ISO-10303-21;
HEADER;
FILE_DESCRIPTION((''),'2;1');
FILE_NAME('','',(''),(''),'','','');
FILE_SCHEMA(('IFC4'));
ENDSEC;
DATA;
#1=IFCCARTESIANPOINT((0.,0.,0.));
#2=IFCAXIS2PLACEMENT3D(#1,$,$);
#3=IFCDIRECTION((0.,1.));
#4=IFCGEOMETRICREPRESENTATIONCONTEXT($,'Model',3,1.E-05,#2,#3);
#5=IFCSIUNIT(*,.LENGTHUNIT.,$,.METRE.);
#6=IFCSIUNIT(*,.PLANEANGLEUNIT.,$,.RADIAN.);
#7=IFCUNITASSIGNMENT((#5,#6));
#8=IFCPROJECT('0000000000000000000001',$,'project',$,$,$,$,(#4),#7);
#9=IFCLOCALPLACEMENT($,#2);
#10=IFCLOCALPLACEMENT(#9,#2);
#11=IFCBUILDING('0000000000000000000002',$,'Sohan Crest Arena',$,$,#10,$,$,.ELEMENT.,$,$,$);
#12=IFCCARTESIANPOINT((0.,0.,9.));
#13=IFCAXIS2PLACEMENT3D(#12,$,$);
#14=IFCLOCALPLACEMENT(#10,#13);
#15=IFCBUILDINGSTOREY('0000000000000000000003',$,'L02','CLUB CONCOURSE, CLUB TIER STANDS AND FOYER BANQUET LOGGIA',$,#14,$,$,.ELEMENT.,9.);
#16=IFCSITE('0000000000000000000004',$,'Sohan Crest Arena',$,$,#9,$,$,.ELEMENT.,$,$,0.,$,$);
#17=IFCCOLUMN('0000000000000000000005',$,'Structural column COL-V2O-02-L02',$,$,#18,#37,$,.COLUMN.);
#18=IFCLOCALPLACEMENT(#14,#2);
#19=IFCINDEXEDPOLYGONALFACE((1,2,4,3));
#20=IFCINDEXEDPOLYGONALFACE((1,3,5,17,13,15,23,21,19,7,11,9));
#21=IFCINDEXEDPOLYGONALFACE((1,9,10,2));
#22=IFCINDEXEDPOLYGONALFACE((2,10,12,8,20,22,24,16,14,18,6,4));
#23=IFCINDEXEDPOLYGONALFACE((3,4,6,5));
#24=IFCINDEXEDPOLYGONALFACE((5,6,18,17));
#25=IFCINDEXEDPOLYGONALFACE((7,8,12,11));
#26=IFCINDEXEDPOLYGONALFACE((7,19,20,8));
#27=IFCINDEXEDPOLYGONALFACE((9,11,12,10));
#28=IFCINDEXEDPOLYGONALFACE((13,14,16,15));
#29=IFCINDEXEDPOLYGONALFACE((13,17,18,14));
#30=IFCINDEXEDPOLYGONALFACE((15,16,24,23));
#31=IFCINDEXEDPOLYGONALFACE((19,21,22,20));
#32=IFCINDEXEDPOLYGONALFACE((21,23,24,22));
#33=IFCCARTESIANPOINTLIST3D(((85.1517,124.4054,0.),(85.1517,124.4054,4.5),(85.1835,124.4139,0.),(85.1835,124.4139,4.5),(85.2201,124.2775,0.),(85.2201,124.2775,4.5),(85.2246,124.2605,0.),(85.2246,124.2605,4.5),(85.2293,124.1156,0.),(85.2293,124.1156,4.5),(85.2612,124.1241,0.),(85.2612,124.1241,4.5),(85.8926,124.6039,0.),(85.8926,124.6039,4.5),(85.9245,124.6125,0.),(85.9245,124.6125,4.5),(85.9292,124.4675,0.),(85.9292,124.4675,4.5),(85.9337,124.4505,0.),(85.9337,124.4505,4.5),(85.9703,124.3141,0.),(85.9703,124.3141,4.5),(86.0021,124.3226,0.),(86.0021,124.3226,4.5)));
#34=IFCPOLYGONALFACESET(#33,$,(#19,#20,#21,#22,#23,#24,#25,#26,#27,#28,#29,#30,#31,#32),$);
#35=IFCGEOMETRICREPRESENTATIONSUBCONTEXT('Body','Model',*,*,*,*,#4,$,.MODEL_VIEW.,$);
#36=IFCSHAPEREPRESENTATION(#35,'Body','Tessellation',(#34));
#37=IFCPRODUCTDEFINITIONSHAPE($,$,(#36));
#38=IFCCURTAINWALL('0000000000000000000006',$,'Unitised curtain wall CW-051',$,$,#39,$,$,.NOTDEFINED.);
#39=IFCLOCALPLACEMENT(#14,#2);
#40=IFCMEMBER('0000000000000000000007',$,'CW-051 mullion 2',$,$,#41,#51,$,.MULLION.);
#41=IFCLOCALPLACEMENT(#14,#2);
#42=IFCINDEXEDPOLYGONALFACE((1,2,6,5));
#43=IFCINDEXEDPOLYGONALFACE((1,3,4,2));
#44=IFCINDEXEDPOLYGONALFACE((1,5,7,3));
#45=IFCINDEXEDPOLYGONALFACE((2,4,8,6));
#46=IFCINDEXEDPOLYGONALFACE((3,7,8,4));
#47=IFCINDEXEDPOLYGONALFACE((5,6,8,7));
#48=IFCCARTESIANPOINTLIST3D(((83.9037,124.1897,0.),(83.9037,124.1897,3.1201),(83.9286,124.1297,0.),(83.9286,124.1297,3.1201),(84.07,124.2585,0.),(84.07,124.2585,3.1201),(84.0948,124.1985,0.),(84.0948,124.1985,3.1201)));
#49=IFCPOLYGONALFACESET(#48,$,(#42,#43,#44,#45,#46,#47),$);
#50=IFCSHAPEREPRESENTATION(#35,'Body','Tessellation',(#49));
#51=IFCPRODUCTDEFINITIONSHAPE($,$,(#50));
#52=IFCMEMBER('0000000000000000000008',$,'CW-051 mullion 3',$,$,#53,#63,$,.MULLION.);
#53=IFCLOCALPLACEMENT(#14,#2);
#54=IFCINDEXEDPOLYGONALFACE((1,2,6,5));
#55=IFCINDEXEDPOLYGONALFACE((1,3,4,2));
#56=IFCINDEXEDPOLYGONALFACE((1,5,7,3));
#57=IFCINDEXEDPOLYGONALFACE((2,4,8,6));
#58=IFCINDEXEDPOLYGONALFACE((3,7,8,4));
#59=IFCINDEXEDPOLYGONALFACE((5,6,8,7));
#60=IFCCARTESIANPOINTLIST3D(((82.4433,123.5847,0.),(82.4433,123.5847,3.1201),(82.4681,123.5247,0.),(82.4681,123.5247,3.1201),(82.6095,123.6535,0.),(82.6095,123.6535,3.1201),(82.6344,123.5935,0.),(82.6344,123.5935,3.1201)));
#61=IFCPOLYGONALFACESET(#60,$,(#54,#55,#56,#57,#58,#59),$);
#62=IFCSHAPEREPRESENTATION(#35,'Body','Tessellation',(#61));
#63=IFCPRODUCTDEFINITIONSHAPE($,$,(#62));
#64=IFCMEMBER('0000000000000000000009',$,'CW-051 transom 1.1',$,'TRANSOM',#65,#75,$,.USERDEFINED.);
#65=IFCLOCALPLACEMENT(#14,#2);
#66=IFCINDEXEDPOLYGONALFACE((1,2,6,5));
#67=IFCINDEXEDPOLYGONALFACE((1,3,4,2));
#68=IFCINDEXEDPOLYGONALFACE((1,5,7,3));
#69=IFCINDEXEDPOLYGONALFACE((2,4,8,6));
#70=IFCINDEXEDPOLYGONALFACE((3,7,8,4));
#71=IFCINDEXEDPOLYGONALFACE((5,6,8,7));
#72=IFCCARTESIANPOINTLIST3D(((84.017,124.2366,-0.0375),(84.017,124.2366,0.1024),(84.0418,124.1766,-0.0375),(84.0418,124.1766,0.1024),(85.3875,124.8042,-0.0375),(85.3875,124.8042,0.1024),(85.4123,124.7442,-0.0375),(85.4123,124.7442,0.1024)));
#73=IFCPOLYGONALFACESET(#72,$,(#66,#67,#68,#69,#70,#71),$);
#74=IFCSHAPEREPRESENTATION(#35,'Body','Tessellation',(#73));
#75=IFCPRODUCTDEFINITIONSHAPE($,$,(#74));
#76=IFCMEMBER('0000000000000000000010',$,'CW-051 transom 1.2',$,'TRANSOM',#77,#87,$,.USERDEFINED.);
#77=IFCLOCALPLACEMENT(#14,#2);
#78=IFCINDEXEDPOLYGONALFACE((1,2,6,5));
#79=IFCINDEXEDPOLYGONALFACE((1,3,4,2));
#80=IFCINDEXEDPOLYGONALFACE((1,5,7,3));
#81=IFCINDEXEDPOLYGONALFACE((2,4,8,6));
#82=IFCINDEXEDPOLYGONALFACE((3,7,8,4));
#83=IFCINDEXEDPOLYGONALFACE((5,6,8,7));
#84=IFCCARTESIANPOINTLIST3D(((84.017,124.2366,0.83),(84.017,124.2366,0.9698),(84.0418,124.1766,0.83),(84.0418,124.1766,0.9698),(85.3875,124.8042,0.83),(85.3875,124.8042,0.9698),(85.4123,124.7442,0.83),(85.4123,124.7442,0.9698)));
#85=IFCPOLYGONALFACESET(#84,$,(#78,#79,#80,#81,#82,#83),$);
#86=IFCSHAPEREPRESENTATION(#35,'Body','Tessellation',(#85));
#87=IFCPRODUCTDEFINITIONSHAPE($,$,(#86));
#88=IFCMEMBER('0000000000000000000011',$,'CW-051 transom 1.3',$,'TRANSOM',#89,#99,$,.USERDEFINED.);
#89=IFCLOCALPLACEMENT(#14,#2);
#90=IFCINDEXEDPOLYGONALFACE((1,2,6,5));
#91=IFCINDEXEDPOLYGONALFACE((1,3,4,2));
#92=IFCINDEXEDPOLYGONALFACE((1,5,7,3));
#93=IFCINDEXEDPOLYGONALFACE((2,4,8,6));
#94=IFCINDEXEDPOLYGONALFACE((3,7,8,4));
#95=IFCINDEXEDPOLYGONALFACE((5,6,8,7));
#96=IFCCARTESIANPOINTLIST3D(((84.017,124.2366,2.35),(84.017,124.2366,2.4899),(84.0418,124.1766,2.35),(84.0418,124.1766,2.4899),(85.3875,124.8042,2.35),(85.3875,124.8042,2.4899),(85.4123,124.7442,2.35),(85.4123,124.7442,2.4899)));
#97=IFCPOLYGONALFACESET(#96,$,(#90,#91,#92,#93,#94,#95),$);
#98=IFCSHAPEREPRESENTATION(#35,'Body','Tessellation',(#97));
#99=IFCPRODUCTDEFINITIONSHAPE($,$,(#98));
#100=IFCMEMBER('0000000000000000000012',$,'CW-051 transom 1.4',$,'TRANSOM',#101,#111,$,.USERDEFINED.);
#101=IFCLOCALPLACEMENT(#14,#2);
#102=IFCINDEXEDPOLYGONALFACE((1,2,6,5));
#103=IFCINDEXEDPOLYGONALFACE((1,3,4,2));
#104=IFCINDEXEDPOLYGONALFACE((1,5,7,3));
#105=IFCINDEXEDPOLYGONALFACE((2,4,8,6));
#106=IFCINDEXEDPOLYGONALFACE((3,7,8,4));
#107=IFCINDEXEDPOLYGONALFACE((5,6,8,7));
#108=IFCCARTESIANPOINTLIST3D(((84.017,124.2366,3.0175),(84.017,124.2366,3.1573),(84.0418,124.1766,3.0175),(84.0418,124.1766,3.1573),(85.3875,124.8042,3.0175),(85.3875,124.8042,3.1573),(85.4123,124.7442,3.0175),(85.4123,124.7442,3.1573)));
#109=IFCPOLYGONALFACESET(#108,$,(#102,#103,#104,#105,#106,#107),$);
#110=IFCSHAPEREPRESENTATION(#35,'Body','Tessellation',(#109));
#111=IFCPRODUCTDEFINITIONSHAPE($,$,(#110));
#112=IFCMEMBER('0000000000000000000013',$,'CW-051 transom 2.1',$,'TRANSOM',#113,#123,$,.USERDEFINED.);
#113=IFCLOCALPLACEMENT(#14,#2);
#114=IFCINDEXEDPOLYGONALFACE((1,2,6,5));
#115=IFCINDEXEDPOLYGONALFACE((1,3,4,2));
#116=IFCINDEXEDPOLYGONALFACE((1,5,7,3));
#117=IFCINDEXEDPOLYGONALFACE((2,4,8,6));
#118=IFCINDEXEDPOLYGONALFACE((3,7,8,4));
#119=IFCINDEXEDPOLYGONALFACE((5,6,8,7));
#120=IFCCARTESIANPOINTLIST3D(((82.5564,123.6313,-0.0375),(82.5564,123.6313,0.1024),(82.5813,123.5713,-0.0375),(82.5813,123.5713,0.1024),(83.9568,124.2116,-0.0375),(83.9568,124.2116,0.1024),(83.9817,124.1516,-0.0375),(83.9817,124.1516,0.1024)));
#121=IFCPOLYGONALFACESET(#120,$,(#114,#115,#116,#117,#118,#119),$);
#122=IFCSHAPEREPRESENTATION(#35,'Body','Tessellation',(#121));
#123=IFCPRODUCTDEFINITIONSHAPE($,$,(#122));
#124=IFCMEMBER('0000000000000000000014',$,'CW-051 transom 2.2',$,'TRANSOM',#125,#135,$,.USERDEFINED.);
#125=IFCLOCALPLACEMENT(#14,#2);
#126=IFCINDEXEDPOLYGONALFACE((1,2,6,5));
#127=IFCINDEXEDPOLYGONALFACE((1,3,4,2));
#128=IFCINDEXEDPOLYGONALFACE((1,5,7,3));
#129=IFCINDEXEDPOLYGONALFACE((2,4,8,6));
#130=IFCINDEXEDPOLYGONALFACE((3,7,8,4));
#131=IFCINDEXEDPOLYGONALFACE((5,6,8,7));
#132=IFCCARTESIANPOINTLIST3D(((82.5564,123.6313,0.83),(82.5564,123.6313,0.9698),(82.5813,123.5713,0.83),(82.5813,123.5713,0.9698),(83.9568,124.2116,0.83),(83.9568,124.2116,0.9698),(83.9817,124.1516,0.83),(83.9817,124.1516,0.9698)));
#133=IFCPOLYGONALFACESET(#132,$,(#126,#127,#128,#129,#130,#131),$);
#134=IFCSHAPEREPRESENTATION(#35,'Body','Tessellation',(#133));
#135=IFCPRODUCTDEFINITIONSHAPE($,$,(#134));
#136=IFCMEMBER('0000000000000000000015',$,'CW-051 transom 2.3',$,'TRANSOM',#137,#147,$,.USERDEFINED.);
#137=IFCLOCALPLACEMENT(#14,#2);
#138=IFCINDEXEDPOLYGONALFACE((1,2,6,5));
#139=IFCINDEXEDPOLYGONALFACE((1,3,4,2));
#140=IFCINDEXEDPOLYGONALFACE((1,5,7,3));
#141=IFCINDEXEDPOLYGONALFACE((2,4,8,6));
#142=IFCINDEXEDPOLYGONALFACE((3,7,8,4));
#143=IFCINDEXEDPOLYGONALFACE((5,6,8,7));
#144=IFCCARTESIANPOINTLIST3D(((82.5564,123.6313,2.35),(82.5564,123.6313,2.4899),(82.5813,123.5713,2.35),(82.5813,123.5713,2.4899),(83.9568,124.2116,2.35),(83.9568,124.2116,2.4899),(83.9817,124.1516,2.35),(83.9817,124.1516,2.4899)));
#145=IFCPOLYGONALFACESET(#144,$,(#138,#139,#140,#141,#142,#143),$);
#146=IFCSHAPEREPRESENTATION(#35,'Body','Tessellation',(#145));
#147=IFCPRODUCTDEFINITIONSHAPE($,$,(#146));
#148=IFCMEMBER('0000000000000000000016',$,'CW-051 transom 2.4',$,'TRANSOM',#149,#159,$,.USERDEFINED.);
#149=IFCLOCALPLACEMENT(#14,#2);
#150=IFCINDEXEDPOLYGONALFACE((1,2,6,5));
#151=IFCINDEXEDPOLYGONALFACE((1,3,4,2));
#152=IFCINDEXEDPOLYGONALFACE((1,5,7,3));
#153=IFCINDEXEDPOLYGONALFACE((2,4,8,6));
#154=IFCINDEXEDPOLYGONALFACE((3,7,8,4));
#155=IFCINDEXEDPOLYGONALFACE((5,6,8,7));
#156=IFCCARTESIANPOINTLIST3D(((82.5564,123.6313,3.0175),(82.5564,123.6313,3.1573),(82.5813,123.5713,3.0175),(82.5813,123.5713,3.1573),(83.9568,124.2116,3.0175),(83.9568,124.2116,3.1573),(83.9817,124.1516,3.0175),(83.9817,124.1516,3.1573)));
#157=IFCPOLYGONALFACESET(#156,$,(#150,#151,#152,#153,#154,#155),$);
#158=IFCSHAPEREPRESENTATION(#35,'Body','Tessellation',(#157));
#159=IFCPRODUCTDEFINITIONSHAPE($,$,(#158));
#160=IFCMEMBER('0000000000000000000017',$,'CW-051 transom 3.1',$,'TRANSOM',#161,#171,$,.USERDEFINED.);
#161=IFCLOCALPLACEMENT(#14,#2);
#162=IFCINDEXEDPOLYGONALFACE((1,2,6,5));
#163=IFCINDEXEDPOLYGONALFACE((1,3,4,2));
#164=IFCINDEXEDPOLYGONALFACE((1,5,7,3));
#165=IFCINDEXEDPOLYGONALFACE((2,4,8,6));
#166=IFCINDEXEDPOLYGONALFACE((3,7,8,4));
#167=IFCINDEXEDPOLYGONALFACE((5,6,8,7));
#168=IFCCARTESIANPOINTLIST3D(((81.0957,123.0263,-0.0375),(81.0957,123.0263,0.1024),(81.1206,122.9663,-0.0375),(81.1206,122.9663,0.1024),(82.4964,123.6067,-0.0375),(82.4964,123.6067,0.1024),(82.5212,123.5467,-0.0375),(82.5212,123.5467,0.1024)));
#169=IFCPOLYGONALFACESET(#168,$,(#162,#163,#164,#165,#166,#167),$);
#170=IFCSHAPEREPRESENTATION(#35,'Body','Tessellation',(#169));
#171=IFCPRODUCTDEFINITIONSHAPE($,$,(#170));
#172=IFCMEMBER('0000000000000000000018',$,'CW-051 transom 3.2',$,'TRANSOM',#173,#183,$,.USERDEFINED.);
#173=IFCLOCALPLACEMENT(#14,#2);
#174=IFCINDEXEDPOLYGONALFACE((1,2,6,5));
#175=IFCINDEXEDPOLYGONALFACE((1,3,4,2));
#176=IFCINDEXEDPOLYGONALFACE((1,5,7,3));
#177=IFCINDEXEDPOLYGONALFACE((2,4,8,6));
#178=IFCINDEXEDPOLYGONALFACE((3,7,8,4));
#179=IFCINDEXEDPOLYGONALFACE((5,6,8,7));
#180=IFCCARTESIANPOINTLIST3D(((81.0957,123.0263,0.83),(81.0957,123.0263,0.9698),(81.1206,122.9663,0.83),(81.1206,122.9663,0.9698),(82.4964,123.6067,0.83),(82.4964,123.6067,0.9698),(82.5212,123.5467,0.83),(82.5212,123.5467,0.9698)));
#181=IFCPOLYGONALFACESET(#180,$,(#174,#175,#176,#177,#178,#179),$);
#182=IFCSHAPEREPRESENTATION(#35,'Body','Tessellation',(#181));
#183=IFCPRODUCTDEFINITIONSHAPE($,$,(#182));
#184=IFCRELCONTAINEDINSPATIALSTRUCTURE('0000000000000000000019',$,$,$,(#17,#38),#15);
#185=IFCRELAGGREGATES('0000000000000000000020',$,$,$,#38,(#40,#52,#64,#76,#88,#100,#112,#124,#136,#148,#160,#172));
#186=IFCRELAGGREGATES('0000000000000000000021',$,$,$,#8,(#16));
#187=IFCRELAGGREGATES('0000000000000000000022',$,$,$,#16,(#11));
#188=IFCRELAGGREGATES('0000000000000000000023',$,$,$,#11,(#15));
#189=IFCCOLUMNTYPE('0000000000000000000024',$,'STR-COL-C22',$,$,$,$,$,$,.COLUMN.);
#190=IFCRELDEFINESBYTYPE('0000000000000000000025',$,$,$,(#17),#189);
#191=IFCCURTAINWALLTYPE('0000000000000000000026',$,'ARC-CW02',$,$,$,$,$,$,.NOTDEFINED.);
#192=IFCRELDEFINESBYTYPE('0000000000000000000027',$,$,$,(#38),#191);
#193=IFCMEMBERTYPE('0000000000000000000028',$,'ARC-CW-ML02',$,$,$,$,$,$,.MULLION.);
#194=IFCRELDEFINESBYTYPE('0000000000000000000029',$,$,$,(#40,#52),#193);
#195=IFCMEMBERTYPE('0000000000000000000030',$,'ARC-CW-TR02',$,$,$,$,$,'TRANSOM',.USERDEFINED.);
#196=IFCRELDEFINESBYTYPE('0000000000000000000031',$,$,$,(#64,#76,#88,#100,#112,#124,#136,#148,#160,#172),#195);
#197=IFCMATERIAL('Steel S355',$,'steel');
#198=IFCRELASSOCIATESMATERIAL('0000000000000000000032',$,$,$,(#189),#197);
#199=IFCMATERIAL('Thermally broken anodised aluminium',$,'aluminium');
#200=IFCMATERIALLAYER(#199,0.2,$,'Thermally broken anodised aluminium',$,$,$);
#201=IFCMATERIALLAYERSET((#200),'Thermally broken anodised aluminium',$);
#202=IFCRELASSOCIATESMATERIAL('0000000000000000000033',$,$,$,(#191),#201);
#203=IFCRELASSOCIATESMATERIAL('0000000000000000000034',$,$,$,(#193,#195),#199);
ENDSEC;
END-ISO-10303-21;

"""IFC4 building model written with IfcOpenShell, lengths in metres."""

from ifc_helpers import new_model, si_unit, direction, frame, origin, origin_2d, place, context, subcontext, project, spatial, rectangle, i_section, extrude, material, layer, layer_set, material_profile, profile_set, type_object, element, aggregate, save


model = new_model("IFC4")

# Units and contexts
model_context = context("Model", 3, precision=1e-05, world=origin(), true_north=direction((0.0, 1.0)))
body_context = subcontext(model_context, "Body", "Model", "MODEL_VIEW")
ifc_project = project(units=[si_unit("LENGTHUNIT", "METRE"), si_unit("PLANEANGLEUNIT", "RADIAN")], contexts=[model_context])

# Site, building, storey
site_placement = place(None, origin())
site = spatial("IfcSite", under=ifc_project, at=site_placement, Name="Sohan Crest Arena", CompositionType="ELEMENT", RefElevation=0.0)
building_placement = place(site_placement, origin())
building = spatial("IfcBuilding", under=site, at=building_placement, Name="Sohan Crest Arena", CompositionType="ELEMENT")
storey_placement = place(building_placement, frame((0.0, 0.0, 9.0)))
storey = spatial("IfcBuildingStorey", under=building, at=storey_placement, Name="L02", Description="CLUB CONCOURSE, CLUB TIER STANDS AND FOYER BANQUET LOGGIA", CompositionType="ELEMENT", Elevation=9.0)

# Column
ifc_material_1 = material(Name="Steel S355", Category="steel")
ifc_material_profile_1 = material_profile(ifc_material_1, i_section(OverallWidth=0.3, OverallDepth=0.8, WebThickness=0.0176, FlangeThickness=0.033, at=origin_2d()), Name="HEB 800")
ifc_profile_set_1 = profile_set([ifc_material_profile_1], Name="Steel S355")
column_type = type_object("IfcColumnType", Name="STR-COL-C22", PredefinedType="COLUMN", material=ifc_profile_set_1)
column_placement = place(storey_placement, frame((85.5769, 124.364, 0.0), z_axis=(0.0, 0.0, 1.0), x_axis=(-0.258819, 0.965926, 0.0)))
element("IfcColumn", 1, at=column_placement, inside=storey, type_object=column_type, Name="Structural column COL-V2O-02-L02", PredefinedType="COLUMN", context=body_context, shape_type="SweptSolid", body=[
    extrude(i_section(OverallWidth=0.3, OverallDepth=0.8, WebThickness=0.0176, FlangeThickness=0.033, at=origin_2d()), origin(), (0.0, 0.0, 1.0), 4.5),
])

# Curtain wall, members
ifc_material_2 = material(Name="Thermally broken anodised aluminium", Category="aluminium")
ifc_layer_1 = layer(ifc_material_2, 0.2, Name="Thermally broken anodised aluminium")
ifc_layer_set_1 = layer_set([ifc_layer_1], Name="Thermally broken anodised aluminium")
curtain_wall_type = type_object("IfcCurtainWallType", Name="ARC-CW02", PredefinedType="NOTDEFINED", material=ifc_layer_set_1)
curtain_wall_placement = place(storey_placement, origin())
curtain_wall = element("IfcCurtainWall", 2, at=curtain_wall_placement, inside=storey, type_object=curtain_wall_type, Name="Unitised curtain wall CW-051", PredefinedType="NOTDEFINED")
ifc_material_profile_2 = material_profile(ifc_material_2, rectangle(XDim=0.0649, YDim=0.1799, at=origin_2d()), Name="ALU-MULL 65x180")
ifc_profile_set_2 = profile_set([ifc_material_profile_2], Name="Thermally broken anodised aluminium")
member_type_1 = type_object("IfcMemberType", Name="ARC-CW-ML02", PredefinedType="MULLION", material=ifc_profile_set_2)
member_1_placement = place(storey_placement, frame((83.9993, 124.1941, 0.0), z_axis=(0.0, 0.0, 1.0), x_axis=(0.382678, -0.923882, 0.0)))
member_1 = element("IfcMember", 3, at=member_1_placement, type_object=member_type_1, Name="CW-051 mullion 2", PredefinedType="MULLION", context=body_context, shape_type="SweptSolid", body=[
    extrude(rectangle(XDim=0.0649, YDim=0.1799, at=origin_2d()), origin(), (0.0, 0.0, 1.0), 3.1201),
])
member_2_placement = place(storey_placement, frame((82.5388, 123.5891, 0.0), z_axis=(0.0, 0.0, 1.0), x_axis=(0.382678, -0.923882, 0.0)))
member_2 = element("IfcMember", 4, at=member_2_placement, type_object=member_type_1, Name="CW-051 mullion 3", PredefinedType="MULLION", context=body_context, shape_type="SweptSolid", body=[
    extrude(rectangle(XDim=0.0649, YDim=0.1799, at=origin_2d()), origin(), (0.0, 0.0, 1.0), 3.1201),
])
ifc_material_profile_3 = material_profile(ifc_material_2, rectangle(XDim=0.0649, YDim=0.1399, at=origin_2d()), Name="ALU-TRAN 65x140")
ifc_profile_set_3 = profile_set([ifc_material_profile_3], Name="Thermally broken anodised aluminium")
member_type_2 = type_object("IfcMemberType", Name="ARC-CW-TR02", ElementType="TRANSOM", PredefinedType="USERDEFINED", material=ifc_profile_set_3)
member_3_placement = place(storey_placement, frame((85.3999, 124.7742, 0.0325), z_axis=(-0.923903, -0.382628, 0.0), x_axis=(0.382628, -0.923903, 0.0)))
member_3 = element("IfcMember", 5, at=member_3_placement, type_object=member_type_2, Name="CW-051 transom 1.1", ObjectType="TRANSOM", PredefinedType="USERDEFINED", context=body_context, shape_type="SweptSolid", body=[
    extrude(rectangle(XDim=0.0649, YDim=0.1399, at=origin_2d()), origin(), (0.0, 0.0, 1.0), 1.4834),
])
member_4_placement = place(storey_placement, frame((85.3999, 124.7742, 0.8999), z_axis=(-0.923903, -0.382628, 0.0), x_axis=(0.382628, -0.923903, 0.0)))
member_4 = element("IfcMember", 6, at=member_4_placement, type_object=member_type_2, Name="CW-051 transom 1.2", ObjectType="TRANSOM", PredefinedType="USERDEFINED", context=body_context, shape_type="SweptSolid", body=[
    extrude(rectangle(XDim=0.0649, YDim=0.1399, at=origin_2d()), origin(), (0.0, 0.0, 1.0), 1.4834),
])
member_5_placement = place(storey_placement, frame((85.3999, 124.7742, 2.4199), z_axis=(-0.923903, -0.382628, 0.0), x_axis=(0.382628, -0.923903, 0.0)))
member_5 = element("IfcMember", 7, at=member_5_placement, type_object=member_type_2, Name="CW-051 transom 1.3", ObjectType="TRANSOM", PredefinedType="USERDEFINED", context=body_context, shape_type="SweptSolid", body=[
    extrude(rectangle(XDim=0.0649, YDim=0.1399, at=origin_2d()), origin(), (0.0, 0.0, 1.0), 1.4834),
])
member_6_placement = place(storey_placement, frame((85.3999, 124.7742, 3.0874), z_axis=(-0.923903, -0.382628, 0.0), x_axis=(0.382628, -0.923903, 0.0)))
member_6 = element("IfcMember", 8, at=member_6_placement, type_object=member_type_2, Name="CW-051 transom 1.4", ObjectType="TRANSOM", PredefinedType="USERDEFINED", context=body_context, shape_type="SweptSolid", body=[
    extrude(rectangle(XDim=0.0649, YDim=0.1399, at=origin_2d()), origin(), (0.0, 0.0, 1.0), 1.4834),
])
member_7_placement = place(storey_placement, frame((83.9692, 124.1816, 0.0325), z_axis=(-0.923819, -0.382831, 0.0), x_axis=(0.382831, -0.923819, 0.0)))
member_7 = element("IfcMember", 9, at=member_7_placement, type_object=member_type_2, Name="CW-051 transom 2.1", ObjectType="TRANSOM", PredefinedType="USERDEFINED", context=body_context, shape_type="SweptSolid", body=[
    extrude(rectangle(XDim=0.0649, YDim=0.1399, at=origin_2d()), origin(), (0.0, 0.0, 1.0), 1.5159),
])
member_8_placement = place(storey_placement, frame((83.9692, 124.1816, 0.8999), z_axis=(-0.923819, -0.382831, 0.0), x_axis=(0.382831, -0.923819, 0.0)))
member_8 = element("IfcMember", 10, at=member_8_placement, type_object=member_type_2, Name="CW-051 transom 2.2", ObjectType="TRANSOM", PredefinedType="USERDEFINED", context=body_context, shape_type="SweptSolid", body=[
    extrude(rectangle(XDim=0.0649, YDim=0.1399, at=origin_2d()), origin(), (0.0, 0.0, 1.0), 1.5159),
])
member_9_placement = place(storey_placement, frame((83.9692, 124.1816, 2.4199), z_axis=(-0.923819, -0.382831, 0.0), x_axis=(0.382831, -0.923819, 0.0)))
member_9 = element("IfcMember", 11, at=member_9_placement, type_object=member_type_2, Name="CW-051 transom 2.3", ObjectType="TRANSOM", PredefinedType="USERDEFINED", context=body_context, shape_type="SweptSolid", body=[
    extrude(rectangle(XDim=0.0649, YDim=0.1399, at=origin_2d()), origin(), (0.0, 0.0, 1.0), 1.5159),
])
member_10_placement = place(storey_placement, frame((83.9692, 124.1816, 3.0874), z_axis=(-0.923819, -0.382831, 0.0), x_axis=(0.382831, -0.923819, 0.0)))
member_10 = element("IfcMember", 12, at=member_10_placement, type_object=member_type_2, Name="CW-051 transom 2.4", ObjectType="TRANSOM", PredefinedType="USERDEFINED", context=body_context, shape_type="SweptSolid", body=[
    extrude(rectangle(XDim=0.0649, YDim=0.1399, at=origin_2d()), origin(), (0.0, 0.0, 1.0), 1.5159),
])
member_11_placement = place(storey_placement, frame((82.5088, 123.5767, 0.0325), z_axis=(-0.923842, -0.382774, 0.0), x_axis=(0.382774, -0.923842, 0.0)))
member_11 = element("IfcMember", 13, at=member_11_placement, type_object=member_type_2, Name="CW-051 transom 3.1", ObjectType="TRANSOM", PredefinedType="USERDEFINED", context=body_context, shape_type="SweptSolid", body=[
    extrude(rectangle(XDim=0.0649, YDim=0.1399, at=origin_2d()), origin(), (0.0, 0.0, 1.0), 1.5161),
])
member_12_placement = place(storey_placement, frame((82.5088, 123.5767, 0.8999), z_axis=(-0.923842, -0.382774, 0.0), x_axis=(0.382774, -0.923842, 0.0)))
member_12 = element("IfcMember", 14, at=member_12_placement, type_object=member_type_2, Name="CW-051 transom 3.2", ObjectType="TRANSOM", PredefinedType="USERDEFINED", context=body_context, shape_type="SweptSolid", body=[
    extrude(rectangle(XDim=0.0649, YDim=0.1399, at=origin_2d()), origin(), (0.0, 0.0, 1.0), 1.5161),
])

aggregate(curtain_wall, [member_1, member_2, member_3, member_4, member_5, member_6, member_7, member_8, member_9, member_10, member_11, member_12])

save(model, "model.ifc")
